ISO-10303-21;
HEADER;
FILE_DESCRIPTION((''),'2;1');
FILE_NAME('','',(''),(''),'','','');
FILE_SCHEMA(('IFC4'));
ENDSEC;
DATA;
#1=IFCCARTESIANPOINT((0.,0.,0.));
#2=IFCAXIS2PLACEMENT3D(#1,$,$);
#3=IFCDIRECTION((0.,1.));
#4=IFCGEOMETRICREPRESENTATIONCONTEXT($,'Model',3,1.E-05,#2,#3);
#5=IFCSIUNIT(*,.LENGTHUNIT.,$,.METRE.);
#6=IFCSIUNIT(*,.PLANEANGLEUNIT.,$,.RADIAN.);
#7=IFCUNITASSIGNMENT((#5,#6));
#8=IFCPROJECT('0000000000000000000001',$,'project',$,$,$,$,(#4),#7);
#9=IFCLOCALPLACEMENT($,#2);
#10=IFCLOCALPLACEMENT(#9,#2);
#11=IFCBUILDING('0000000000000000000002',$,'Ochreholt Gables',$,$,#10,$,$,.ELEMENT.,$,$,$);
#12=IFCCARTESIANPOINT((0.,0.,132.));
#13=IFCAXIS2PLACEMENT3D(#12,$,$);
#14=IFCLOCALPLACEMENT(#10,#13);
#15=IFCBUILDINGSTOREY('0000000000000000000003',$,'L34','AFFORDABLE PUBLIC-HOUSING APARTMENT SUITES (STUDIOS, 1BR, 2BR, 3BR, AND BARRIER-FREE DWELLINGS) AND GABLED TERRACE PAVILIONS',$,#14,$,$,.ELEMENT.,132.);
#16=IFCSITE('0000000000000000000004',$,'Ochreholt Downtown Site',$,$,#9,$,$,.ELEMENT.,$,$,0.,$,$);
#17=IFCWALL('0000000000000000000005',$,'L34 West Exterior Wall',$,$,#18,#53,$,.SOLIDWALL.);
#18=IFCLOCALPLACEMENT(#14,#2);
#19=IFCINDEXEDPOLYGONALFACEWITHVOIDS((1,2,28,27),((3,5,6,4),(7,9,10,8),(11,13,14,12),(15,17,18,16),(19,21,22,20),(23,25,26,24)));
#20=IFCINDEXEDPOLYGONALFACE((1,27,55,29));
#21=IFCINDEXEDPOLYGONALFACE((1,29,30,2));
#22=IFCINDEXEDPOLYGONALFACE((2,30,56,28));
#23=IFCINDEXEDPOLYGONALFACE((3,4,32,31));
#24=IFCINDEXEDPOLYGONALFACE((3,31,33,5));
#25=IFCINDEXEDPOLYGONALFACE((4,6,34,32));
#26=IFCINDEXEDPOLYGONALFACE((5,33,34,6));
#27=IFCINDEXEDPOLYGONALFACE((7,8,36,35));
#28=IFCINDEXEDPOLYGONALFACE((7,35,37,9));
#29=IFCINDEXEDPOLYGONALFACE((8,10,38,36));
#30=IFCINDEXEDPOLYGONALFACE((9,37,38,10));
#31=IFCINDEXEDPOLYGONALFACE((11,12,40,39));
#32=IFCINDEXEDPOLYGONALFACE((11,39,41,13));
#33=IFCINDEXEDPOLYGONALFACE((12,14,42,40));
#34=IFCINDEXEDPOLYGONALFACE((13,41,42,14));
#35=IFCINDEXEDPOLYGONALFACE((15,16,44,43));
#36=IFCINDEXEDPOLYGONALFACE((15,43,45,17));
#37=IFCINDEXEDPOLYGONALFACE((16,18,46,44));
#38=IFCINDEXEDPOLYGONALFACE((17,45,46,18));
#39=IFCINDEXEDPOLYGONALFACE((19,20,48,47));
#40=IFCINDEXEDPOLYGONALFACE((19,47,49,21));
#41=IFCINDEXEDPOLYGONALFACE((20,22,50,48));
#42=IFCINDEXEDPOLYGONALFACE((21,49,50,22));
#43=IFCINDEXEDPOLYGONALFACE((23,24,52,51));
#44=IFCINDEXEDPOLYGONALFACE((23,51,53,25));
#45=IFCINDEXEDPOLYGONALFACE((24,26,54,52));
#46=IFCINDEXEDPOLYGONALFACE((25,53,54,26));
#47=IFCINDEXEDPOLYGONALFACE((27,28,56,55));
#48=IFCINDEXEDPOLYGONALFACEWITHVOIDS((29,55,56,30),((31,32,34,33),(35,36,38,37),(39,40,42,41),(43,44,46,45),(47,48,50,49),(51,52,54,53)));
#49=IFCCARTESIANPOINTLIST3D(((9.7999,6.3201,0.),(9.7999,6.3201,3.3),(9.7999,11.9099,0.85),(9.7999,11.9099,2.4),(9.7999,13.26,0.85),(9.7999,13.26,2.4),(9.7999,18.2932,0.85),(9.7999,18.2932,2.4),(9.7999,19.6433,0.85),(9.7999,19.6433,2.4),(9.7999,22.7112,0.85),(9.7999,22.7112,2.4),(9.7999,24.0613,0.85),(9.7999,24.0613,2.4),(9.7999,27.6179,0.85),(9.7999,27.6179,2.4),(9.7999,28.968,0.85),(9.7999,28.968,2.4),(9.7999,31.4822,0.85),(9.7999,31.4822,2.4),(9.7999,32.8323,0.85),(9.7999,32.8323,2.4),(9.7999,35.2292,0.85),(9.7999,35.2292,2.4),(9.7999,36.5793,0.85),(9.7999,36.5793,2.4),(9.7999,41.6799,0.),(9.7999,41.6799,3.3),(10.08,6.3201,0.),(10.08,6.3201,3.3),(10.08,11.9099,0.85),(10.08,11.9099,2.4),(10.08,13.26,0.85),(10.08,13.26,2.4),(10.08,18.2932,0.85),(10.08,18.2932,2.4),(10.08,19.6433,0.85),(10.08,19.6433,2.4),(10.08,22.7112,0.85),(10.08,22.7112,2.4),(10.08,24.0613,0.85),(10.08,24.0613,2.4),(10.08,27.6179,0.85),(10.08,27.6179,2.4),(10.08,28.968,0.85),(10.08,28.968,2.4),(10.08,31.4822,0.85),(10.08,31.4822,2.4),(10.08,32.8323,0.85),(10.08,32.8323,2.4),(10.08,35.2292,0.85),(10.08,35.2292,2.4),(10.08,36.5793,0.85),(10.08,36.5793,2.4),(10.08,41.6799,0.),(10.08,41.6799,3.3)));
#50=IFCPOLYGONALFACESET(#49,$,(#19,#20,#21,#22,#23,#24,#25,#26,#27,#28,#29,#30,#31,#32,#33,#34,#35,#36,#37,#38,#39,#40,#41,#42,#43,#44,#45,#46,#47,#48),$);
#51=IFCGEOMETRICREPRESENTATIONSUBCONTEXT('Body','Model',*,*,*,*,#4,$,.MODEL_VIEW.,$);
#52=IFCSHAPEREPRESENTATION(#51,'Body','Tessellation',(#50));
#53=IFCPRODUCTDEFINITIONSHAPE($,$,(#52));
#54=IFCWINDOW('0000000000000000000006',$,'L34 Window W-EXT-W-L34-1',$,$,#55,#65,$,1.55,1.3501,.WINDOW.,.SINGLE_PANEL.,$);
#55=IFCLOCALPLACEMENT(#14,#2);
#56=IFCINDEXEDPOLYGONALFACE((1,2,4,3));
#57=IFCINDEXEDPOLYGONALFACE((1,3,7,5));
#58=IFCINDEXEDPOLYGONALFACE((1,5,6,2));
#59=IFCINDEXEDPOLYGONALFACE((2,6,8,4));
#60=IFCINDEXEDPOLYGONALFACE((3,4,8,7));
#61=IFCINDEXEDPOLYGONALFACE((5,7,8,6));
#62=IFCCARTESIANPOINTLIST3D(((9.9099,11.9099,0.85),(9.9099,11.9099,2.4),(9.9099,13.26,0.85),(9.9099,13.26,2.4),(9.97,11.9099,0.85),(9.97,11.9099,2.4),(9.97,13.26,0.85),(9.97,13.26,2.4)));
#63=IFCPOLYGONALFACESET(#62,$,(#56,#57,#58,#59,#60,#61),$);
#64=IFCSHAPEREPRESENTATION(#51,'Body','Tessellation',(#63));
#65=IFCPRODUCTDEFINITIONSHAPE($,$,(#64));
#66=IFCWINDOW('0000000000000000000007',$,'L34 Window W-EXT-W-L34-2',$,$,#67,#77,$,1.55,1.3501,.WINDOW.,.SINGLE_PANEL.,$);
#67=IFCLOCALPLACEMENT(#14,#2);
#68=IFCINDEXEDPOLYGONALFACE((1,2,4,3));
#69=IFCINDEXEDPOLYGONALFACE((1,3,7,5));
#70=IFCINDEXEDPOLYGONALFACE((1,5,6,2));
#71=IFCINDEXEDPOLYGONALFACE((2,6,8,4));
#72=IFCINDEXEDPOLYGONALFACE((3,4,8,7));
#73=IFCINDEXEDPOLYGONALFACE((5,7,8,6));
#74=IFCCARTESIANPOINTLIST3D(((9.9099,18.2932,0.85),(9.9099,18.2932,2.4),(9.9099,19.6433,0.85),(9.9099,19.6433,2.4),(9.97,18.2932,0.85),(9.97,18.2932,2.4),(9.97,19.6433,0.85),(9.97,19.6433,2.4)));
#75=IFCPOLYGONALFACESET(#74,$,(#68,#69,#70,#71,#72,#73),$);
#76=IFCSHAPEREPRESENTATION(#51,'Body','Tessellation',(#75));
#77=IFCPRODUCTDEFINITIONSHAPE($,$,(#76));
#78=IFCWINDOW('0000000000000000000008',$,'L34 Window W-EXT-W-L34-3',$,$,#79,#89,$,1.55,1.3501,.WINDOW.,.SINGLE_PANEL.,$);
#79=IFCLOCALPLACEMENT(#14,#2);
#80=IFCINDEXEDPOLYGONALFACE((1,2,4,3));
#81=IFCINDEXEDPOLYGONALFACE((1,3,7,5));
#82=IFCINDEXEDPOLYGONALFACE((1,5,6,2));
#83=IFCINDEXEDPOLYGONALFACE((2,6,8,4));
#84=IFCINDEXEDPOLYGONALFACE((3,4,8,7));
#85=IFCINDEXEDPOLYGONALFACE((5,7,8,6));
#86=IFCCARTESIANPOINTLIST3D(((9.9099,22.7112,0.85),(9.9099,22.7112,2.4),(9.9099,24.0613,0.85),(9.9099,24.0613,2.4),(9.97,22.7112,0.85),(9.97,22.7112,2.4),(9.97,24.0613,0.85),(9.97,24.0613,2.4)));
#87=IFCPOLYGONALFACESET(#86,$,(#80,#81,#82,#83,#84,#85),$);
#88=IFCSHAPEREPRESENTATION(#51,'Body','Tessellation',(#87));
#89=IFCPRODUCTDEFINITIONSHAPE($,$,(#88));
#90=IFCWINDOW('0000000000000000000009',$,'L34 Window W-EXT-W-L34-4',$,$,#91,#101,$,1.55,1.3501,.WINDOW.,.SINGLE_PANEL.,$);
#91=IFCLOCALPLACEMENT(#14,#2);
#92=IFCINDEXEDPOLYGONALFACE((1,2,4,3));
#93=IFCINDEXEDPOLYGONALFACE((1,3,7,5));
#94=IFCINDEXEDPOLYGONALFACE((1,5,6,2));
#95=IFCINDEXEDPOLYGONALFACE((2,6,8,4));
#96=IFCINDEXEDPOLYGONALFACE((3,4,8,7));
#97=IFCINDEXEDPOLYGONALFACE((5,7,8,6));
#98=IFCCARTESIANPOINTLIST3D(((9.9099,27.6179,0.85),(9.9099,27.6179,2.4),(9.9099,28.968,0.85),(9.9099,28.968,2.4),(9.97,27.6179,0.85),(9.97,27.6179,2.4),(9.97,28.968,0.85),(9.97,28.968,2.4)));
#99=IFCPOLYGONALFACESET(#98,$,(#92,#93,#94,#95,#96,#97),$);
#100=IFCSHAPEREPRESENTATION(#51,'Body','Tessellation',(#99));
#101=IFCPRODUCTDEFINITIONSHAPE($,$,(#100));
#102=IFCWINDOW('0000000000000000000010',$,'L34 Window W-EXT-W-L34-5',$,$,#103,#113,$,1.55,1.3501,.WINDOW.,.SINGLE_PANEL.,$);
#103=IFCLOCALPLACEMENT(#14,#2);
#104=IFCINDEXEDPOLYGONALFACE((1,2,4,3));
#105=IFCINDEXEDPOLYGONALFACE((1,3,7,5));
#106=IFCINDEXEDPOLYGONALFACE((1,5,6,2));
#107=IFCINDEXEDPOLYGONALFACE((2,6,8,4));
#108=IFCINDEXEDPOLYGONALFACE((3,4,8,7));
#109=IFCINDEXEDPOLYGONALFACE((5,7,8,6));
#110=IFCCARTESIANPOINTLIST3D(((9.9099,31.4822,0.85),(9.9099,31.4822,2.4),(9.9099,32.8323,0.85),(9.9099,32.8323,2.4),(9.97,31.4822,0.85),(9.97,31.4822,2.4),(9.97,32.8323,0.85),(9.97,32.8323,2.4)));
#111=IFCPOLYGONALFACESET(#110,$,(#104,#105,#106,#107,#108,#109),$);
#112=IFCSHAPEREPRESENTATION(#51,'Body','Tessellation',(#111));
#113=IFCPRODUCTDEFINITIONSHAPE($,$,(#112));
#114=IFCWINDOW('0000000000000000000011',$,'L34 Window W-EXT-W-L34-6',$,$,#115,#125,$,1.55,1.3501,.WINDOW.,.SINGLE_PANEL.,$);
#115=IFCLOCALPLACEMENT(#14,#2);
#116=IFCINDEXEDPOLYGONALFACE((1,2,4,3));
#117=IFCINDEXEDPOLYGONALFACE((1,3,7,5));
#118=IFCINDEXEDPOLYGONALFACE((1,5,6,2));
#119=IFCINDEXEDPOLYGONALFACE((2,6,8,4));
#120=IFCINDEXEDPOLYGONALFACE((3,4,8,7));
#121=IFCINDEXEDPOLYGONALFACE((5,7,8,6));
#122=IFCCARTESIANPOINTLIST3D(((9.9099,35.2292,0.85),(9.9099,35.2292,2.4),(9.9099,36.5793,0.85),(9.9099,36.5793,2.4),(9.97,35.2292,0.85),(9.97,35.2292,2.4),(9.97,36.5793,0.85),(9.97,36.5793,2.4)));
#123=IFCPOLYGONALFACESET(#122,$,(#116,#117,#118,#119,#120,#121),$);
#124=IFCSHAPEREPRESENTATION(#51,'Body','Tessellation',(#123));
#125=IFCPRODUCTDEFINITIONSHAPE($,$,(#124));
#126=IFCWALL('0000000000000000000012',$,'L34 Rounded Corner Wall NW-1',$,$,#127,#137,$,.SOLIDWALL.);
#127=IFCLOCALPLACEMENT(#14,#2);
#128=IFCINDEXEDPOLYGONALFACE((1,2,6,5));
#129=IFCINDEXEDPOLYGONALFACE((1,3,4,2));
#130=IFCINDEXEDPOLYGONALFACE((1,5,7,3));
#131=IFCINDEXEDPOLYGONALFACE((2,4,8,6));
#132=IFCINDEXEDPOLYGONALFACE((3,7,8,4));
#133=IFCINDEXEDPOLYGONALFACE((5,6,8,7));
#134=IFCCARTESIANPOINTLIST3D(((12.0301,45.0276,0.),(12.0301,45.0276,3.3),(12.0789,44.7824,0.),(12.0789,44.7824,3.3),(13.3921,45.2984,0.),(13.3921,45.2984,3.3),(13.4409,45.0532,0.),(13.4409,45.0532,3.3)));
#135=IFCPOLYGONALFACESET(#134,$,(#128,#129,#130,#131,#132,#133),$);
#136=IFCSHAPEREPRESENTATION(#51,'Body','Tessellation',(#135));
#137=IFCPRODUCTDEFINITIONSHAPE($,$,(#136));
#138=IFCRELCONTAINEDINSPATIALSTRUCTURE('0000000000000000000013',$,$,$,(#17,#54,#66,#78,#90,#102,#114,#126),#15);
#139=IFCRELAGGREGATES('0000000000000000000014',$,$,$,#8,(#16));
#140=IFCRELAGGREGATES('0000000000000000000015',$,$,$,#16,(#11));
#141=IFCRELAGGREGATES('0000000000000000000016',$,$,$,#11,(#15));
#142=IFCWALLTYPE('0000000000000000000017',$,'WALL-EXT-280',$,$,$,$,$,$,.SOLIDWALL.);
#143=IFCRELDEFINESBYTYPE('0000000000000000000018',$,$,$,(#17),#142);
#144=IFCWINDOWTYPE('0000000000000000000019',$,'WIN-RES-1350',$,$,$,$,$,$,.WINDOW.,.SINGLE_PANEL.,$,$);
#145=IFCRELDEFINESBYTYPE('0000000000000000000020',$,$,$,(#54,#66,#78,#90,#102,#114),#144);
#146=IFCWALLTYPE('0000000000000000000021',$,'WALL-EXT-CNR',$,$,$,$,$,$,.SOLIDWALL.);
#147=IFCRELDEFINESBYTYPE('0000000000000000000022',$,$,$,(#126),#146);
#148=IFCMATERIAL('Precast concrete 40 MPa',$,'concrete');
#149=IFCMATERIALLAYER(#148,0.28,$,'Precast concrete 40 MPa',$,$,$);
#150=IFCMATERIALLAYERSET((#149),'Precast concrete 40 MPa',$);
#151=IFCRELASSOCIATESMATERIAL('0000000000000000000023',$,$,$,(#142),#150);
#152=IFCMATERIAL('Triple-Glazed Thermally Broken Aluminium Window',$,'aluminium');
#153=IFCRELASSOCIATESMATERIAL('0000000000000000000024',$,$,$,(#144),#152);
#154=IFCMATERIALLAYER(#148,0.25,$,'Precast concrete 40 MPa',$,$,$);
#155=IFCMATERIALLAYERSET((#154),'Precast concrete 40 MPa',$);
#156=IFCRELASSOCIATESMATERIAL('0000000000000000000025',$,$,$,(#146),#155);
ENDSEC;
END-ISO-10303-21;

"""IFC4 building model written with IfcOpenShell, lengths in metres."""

from ifc_helpers import new_model, si_unit, direction, frame, frame_2d, origin, place, context, subcontext, project, spatial, rectangle, extrude, material, layer, layer_set, type_object, element, fill, save


model = new_model("IFC4")

# Units and contexts
model_context = context("Model", 3, precision=1e-05, world=origin(), true_north=direction((0.0, 1.0)))
body_context = subcontext(model_context, "Body", "Model", "MODEL_VIEW")
ifc_project = project(units=[si_unit("LENGTHUNIT", "METRE"), si_unit("PLANEANGLEUNIT", "RADIAN")], contexts=[model_context])

# Site, building, storey
site_placement = place(None, origin())
site = spatial("IfcSite", under=ifc_project, at=site_placement, Name="Ochreholt Downtown Site", CompositionType="ELEMENT", RefElevation=0.0)
building_placement = place(site_placement, origin())
building = spatial("IfcBuilding", under=site, at=building_placement, Name="Ochreholt Gables", CompositionType="ELEMENT")
storey_placement = place(building_placement, frame((0.0, 0.0, 132.0)))
storey = spatial("IfcBuildingStorey", under=building, at=storey_placement, Name="L34", Description="AFFORDABLE PUBLIC-HOUSING APARTMENT SUITES (STUDIOS, 1BR, 2BR, 3BR, AND BARRIER-FREE DWELLINGS) AND GABLED TERRACE PAVILIONS", CompositionType="ELEMENT", Elevation=132.0)

# Wall, openings, windows
ifc_material_1 = material(Name="Precast concrete 40 MPa", Category="concrete")
ifc_layer_1 = layer(ifc_material_1, 0.28, Name="Precast concrete 40 MPa")
ifc_layer_set_1 = layer_set([ifc_layer_1], Name="Precast concrete 40 MPa")
wall_type_1 = type_object("IfcWallType", Name="WALL-EXT-280", PredefinedType="SOLIDWALL", material=ifc_layer_set_1)
wall_1_placement = place(storey_placement, frame((9.9399, 41.6799, 0.0), z_axis=(0.0, 0.0, 1.0), x_axis=(0.0, -1.0, 0.0)))
wall_1 = element("IfcWall", 1, at=wall_1_placement, inside=storey, type_object=wall_type_1, Name="L34 West Exterior Wall", PredefinedType="SOLIDWALL", context=body_context, shape_type="SweptSolid", body=[
    extrude(rectangle(XDim=35.3599, YDim=0.28, at=frame_2d((17.6799, 0.0))), origin(), (0.0, 0.0, 1.0), 3.3),
])
opening_1_placement = place(wall_1_placement, frame((28.4199, 0.0, 0.8501)))
opening_1 = element("IfcOpeningElement", 2, at=opening_1_placement, cuts=wall_1, PredefinedType="OPENING", context=body_context, shape_type="SweptSolid", body=[
    extrude(rectangle(XDim=1.3501, YDim=1.55, at=frame_2d((0.675, 0.7749))), frame((0.0, 0.1499, 0.0), z_axis=(0.0, -1.0, 0.0), x_axis=(1.0, 0.0, 0.0)), (0.0, 0.0, 1.0), 0.3),
])
opening_2_placement = place(wall_1_placement, frame((22.0366, 0.0, 0.8501)))
opening_2 = element("IfcOpeningElement", 3, at=opening_2_placement, cuts=wall_1, PredefinedType="OPENING", context=body_context, shape_type="SweptSolid", body=[
    extrude(rectangle(XDim=1.3501, YDim=1.55, at=frame_2d((0.675, 0.7749))), frame((0.0, 0.1499, 0.0), z_axis=(0.0, -1.0, 0.0), x_axis=(1.0, 0.0, 0.0)), (0.0, 0.0, 1.0), 0.3),
])
opening_3_placement = place(wall_1_placement, frame((17.6187, 0.0, 0.8501)))
opening_3 = element("IfcOpeningElement", 4, at=opening_3_placement, cuts=wall_1, PredefinedType="OPENING", context=body_context, shape_type="SweptSolid", body=[
    extrude(rectangle(XDim=1.3501, YDim=1.55, at=frame_2d((0.675, 0.7749))), frame((0.0, 0.1499, 0.0), z_axis=(0.0, -1.0, 0.0), x_axis=(1.0, 0.0, 0.0)), (0.0, 0.0, 1.0), 0.3),
])
opening_4_placement = place(wall_1_placement, frame((12.7119, 0.0, 0.8501)))
opening_4 = element("IfcOpeningElement", 5, at=opening_4_placement, cuts=wall_1, PredefinedType="OPENING", context=body_context, shape_type="SweptSolid", body=[
    extrude(rectangle(XDim=1.3501, YDim=1.55, at=frame_2d((0.675, 0.7749))), frame((0.0, 0.1499, 0.0), z_axis=(0.0, -1.0, 0.0), x_axis=(1.0, 0.0, 0.0)), (0.0, 0.0, 1.0), 0.3),
])
opening_5_placement = place(wall_1_placement, frame((8.8477, 0.0, 0.8501)))
opening_5 = element("IfcOpeningElement", 6, at=opening_5_placement, cuts=wall_1, PredefinedType="OPENING", context=body_context, shape_type="SweptSolid", body=[
    extrude(rectangle(XDim=1.3501, YDim=1.55, at=frame_2d((0.675, 0.7749))), frame((0.0, 0.1499, 0.0), z_axis=(0.0, -1.0, 0.0), x_axis=(1.0, 0.0, 0.0)), (0.0, 0.0, 1.0), 0.3),
])
opening_6_placement = place(wall_1_placement, frame((5.1006, 0.0, 0.8501)))
opening_6 = element("IfcOpeningElement", 7, at=opening_6_placement, cuts=wall_1, PredefinedType="OPENING", context=body_context, shape_type="SweptSolid", body=[
    extrude(rectangle(XDim=1.3501, YDim=1.55, at=frame_2d((0.675, 0.7749))), frame((0.0, 0.1499, 0.0), z_axis=(0.0, -1.0, 0.0), x_axis=(1.0, 0.0, 0.0)), (0.0, 0.0, 1.0), 0.3),
])
ifc_material_2 = material(Name="Triple-Glazed Thermally Broken Aluminium Window", Category="aluminium")
window_type_1 = type_object("IfcWindowType", Name="WIN-RES-1350", PartitioningType="SINGLE_PANEL", PredefinedType="WINDOW", material=ifc_material_2)
window_1_placement = place(opening_1_placement, origin())
window_1 = element("IfcWindow", 8, at=window_1_placement, inside=storey, type_object=window_type_1, Name="L34 Window W-EXT-W-L34-1", OverallHeight=1.55, OverallWidth=1.3501, PartitioningType="SINGLE_PANEL", PredefinedType="WINDOW", context=body_context, shape_type="SweptSolid", body=[
    extrude(rectangle(XDim=1.3501, YDim=1.55, at=frame_2d((0.675, 0.7749))), frame((0.0, 0.03, 0.0), z_axis=(0.0, -1.0, 0.0), x_axis=(1.0, 0.0, 0.0)), (0.0, 0.0, 1.0), 0.0601),
])
fill(opening_1, window_1)
window_2_placement = place(opening_2_placement, origin())
window_2 = element("IfcWindow", 9, at=window_2_placement, inside=storey, type_object=window_type_1, Name="L34 Window W-EXT-W-L34-2", OverallHeight=1.55, OverallWidth=1.3501, PartitioningType="SINGLE_PANEL", PredefinedType="WINDOW", context=body_context, shape_type="SweptSolid", body=[
    extrude(rectangle(XDim=1.3501, YDim=1.55, at=frame_2d((0.675, 0.7749))), frame((0.0, 0.03, 0.0), z_axis=(0.0, -1.0, 0.0), x_axis=(1.0, 0.0, 0.0)), (0.0, 0.0, 1.0), 0.0601),
])
fill(opening_2, window_2)
window_3_placement = place(opening_3_placement, origin())
window_3 = element("IfcWindow", 10, at=window_3_placement, inside=storey, type_object=window_type_1, Name="L34 Window W-EXT-W-L34-3", OverallHeight=1.55, OverallWidth=1.3501, PartitioningType="SINGLE_PANEL", PredefinedType="WINDOW", context=body_context, shape_type="SweptSolid", body=[
    extrude(rectangle(XDim=1.3501, YDim=1.55, at=frame_2d((0.675, 0.7749))), frame((0.0, 0.03, 0.0), z_axis=(0.0, -1.0, 0.0), x_axis=(1.0, 0.0, 0.0)), (0.0, 0.0, 1.0), 0.0601),
])
fill(opening_3, window_3)
window_4_placement = place(opening_4_placement, origin())
window_4 = element("IfcWindow", 11, at=window_4_placement, inside=storey, type_object=window_type_1, Name="L34 Window W-EXT-W-L34-4", OverallHeight=1.55, OverallWidth=1.3501, PartitioningType="SINGLE_PANEL", PredefinedType="WINDOW", context=body_context, shape_type="SweptSolid", body=[
    extrude(rectangle(XDim=1.3501, YDim=1.55, at=frame_2d((0.675, 0.7749))), frame((0.0, 0.03, 0.0), z_axis=(0.0, -1.0, 0.0), x_axis=(1.0, 0.0, 0.0)), (0.0, 0.0, 1.0), 0.0601),
])
fill(opening_4, window_4)
window_5_placement = place(opening_5_placement, origin())
window_5 = element("IfcWindow", 12, at=window_5_placement, inside=storey, type_object=window_type_1, Name="L34 Window W-EXT-W-L34-5", OverallHeight=1.55, OverallWidth=1.3501, PartitioningType="SINGLE_PANEL", PredefinedType="WINDOW", context=body_context, shape_type="SweptSolid", body=[
    extrude(rectangle(XDim=1.3501, YDim=1.55, at=frame_2d((0.675, 0.7749))), frame((0.0, 0.03, 0.0), z_axis=(0.0, -1.0, 0.0), x_axis=(1.0, 0.0, 0.0)), (0.0, 0.0, 1.0), 0.0601),
])
fill(opening_5, window_5)
window_6_placement = place(opening_6_placement, origin())
window_6 = element("IfcWindow", 13, at=window_6_placement, inside=storey, type_object=window_type_1, Name="L34 Window W-EXT-W-L34-6", OverallHeight=1.55, OverallWidth=1.3501, PartitioningType="SINGLE_PANEL", PredefinedType="WINDOW", context=body_context, shape_type="SweptSolid", body=[
    extrude(rectangle(XDim=1.3501, YDim=1.55, at=frame_2d((0.675, 0.7749))), frame((0.0, 0.03, 0.0), z_axis=(0.0, -1.0, 0.0), x_axis=(1.0, 0.0, 0.0)), (0.0, 0.0, 1.0), 0.0601),
])
fill(opening_6, window_6)

# Wall
ifc_layer_2 = layer(ifc_material_1, 0.25, Name="Precast concrete 40 MPa")
ifc_layer_set_2 = layer_set([ifc_layer_2], Name="Precast concrete 40 MPa")
wall_type_2 = type_object("IfcWallType", Name="WALL-EXT-CNR", PredefinedType="SOLIDWALL", material=ifc_layer_set_2)
wall_2_placement = place(storey_placement, frame((13.4165, 45.1758, 0.0), z_axis=(0.0, 0.0, 1.0), x_axis=(-0.98081, -0.194967, 0.0)))
element("IfcWall", 14, at=wall_2_placement, inside=storey, type_object=wall_type_2, Name="L34 Rounded Corner Wall NW-1", PredefinedType="SOLIDWALL", context=body_context, shape_type="SweptSolid", body=[
    extrude(rectangle(XDim=1.3887, YDim=0.25, at=frame_2d((0.6943, 0.0))), origin(), (0.0, 0.0, 1.0), 3.3),
])

save(model, "model.ifc")
